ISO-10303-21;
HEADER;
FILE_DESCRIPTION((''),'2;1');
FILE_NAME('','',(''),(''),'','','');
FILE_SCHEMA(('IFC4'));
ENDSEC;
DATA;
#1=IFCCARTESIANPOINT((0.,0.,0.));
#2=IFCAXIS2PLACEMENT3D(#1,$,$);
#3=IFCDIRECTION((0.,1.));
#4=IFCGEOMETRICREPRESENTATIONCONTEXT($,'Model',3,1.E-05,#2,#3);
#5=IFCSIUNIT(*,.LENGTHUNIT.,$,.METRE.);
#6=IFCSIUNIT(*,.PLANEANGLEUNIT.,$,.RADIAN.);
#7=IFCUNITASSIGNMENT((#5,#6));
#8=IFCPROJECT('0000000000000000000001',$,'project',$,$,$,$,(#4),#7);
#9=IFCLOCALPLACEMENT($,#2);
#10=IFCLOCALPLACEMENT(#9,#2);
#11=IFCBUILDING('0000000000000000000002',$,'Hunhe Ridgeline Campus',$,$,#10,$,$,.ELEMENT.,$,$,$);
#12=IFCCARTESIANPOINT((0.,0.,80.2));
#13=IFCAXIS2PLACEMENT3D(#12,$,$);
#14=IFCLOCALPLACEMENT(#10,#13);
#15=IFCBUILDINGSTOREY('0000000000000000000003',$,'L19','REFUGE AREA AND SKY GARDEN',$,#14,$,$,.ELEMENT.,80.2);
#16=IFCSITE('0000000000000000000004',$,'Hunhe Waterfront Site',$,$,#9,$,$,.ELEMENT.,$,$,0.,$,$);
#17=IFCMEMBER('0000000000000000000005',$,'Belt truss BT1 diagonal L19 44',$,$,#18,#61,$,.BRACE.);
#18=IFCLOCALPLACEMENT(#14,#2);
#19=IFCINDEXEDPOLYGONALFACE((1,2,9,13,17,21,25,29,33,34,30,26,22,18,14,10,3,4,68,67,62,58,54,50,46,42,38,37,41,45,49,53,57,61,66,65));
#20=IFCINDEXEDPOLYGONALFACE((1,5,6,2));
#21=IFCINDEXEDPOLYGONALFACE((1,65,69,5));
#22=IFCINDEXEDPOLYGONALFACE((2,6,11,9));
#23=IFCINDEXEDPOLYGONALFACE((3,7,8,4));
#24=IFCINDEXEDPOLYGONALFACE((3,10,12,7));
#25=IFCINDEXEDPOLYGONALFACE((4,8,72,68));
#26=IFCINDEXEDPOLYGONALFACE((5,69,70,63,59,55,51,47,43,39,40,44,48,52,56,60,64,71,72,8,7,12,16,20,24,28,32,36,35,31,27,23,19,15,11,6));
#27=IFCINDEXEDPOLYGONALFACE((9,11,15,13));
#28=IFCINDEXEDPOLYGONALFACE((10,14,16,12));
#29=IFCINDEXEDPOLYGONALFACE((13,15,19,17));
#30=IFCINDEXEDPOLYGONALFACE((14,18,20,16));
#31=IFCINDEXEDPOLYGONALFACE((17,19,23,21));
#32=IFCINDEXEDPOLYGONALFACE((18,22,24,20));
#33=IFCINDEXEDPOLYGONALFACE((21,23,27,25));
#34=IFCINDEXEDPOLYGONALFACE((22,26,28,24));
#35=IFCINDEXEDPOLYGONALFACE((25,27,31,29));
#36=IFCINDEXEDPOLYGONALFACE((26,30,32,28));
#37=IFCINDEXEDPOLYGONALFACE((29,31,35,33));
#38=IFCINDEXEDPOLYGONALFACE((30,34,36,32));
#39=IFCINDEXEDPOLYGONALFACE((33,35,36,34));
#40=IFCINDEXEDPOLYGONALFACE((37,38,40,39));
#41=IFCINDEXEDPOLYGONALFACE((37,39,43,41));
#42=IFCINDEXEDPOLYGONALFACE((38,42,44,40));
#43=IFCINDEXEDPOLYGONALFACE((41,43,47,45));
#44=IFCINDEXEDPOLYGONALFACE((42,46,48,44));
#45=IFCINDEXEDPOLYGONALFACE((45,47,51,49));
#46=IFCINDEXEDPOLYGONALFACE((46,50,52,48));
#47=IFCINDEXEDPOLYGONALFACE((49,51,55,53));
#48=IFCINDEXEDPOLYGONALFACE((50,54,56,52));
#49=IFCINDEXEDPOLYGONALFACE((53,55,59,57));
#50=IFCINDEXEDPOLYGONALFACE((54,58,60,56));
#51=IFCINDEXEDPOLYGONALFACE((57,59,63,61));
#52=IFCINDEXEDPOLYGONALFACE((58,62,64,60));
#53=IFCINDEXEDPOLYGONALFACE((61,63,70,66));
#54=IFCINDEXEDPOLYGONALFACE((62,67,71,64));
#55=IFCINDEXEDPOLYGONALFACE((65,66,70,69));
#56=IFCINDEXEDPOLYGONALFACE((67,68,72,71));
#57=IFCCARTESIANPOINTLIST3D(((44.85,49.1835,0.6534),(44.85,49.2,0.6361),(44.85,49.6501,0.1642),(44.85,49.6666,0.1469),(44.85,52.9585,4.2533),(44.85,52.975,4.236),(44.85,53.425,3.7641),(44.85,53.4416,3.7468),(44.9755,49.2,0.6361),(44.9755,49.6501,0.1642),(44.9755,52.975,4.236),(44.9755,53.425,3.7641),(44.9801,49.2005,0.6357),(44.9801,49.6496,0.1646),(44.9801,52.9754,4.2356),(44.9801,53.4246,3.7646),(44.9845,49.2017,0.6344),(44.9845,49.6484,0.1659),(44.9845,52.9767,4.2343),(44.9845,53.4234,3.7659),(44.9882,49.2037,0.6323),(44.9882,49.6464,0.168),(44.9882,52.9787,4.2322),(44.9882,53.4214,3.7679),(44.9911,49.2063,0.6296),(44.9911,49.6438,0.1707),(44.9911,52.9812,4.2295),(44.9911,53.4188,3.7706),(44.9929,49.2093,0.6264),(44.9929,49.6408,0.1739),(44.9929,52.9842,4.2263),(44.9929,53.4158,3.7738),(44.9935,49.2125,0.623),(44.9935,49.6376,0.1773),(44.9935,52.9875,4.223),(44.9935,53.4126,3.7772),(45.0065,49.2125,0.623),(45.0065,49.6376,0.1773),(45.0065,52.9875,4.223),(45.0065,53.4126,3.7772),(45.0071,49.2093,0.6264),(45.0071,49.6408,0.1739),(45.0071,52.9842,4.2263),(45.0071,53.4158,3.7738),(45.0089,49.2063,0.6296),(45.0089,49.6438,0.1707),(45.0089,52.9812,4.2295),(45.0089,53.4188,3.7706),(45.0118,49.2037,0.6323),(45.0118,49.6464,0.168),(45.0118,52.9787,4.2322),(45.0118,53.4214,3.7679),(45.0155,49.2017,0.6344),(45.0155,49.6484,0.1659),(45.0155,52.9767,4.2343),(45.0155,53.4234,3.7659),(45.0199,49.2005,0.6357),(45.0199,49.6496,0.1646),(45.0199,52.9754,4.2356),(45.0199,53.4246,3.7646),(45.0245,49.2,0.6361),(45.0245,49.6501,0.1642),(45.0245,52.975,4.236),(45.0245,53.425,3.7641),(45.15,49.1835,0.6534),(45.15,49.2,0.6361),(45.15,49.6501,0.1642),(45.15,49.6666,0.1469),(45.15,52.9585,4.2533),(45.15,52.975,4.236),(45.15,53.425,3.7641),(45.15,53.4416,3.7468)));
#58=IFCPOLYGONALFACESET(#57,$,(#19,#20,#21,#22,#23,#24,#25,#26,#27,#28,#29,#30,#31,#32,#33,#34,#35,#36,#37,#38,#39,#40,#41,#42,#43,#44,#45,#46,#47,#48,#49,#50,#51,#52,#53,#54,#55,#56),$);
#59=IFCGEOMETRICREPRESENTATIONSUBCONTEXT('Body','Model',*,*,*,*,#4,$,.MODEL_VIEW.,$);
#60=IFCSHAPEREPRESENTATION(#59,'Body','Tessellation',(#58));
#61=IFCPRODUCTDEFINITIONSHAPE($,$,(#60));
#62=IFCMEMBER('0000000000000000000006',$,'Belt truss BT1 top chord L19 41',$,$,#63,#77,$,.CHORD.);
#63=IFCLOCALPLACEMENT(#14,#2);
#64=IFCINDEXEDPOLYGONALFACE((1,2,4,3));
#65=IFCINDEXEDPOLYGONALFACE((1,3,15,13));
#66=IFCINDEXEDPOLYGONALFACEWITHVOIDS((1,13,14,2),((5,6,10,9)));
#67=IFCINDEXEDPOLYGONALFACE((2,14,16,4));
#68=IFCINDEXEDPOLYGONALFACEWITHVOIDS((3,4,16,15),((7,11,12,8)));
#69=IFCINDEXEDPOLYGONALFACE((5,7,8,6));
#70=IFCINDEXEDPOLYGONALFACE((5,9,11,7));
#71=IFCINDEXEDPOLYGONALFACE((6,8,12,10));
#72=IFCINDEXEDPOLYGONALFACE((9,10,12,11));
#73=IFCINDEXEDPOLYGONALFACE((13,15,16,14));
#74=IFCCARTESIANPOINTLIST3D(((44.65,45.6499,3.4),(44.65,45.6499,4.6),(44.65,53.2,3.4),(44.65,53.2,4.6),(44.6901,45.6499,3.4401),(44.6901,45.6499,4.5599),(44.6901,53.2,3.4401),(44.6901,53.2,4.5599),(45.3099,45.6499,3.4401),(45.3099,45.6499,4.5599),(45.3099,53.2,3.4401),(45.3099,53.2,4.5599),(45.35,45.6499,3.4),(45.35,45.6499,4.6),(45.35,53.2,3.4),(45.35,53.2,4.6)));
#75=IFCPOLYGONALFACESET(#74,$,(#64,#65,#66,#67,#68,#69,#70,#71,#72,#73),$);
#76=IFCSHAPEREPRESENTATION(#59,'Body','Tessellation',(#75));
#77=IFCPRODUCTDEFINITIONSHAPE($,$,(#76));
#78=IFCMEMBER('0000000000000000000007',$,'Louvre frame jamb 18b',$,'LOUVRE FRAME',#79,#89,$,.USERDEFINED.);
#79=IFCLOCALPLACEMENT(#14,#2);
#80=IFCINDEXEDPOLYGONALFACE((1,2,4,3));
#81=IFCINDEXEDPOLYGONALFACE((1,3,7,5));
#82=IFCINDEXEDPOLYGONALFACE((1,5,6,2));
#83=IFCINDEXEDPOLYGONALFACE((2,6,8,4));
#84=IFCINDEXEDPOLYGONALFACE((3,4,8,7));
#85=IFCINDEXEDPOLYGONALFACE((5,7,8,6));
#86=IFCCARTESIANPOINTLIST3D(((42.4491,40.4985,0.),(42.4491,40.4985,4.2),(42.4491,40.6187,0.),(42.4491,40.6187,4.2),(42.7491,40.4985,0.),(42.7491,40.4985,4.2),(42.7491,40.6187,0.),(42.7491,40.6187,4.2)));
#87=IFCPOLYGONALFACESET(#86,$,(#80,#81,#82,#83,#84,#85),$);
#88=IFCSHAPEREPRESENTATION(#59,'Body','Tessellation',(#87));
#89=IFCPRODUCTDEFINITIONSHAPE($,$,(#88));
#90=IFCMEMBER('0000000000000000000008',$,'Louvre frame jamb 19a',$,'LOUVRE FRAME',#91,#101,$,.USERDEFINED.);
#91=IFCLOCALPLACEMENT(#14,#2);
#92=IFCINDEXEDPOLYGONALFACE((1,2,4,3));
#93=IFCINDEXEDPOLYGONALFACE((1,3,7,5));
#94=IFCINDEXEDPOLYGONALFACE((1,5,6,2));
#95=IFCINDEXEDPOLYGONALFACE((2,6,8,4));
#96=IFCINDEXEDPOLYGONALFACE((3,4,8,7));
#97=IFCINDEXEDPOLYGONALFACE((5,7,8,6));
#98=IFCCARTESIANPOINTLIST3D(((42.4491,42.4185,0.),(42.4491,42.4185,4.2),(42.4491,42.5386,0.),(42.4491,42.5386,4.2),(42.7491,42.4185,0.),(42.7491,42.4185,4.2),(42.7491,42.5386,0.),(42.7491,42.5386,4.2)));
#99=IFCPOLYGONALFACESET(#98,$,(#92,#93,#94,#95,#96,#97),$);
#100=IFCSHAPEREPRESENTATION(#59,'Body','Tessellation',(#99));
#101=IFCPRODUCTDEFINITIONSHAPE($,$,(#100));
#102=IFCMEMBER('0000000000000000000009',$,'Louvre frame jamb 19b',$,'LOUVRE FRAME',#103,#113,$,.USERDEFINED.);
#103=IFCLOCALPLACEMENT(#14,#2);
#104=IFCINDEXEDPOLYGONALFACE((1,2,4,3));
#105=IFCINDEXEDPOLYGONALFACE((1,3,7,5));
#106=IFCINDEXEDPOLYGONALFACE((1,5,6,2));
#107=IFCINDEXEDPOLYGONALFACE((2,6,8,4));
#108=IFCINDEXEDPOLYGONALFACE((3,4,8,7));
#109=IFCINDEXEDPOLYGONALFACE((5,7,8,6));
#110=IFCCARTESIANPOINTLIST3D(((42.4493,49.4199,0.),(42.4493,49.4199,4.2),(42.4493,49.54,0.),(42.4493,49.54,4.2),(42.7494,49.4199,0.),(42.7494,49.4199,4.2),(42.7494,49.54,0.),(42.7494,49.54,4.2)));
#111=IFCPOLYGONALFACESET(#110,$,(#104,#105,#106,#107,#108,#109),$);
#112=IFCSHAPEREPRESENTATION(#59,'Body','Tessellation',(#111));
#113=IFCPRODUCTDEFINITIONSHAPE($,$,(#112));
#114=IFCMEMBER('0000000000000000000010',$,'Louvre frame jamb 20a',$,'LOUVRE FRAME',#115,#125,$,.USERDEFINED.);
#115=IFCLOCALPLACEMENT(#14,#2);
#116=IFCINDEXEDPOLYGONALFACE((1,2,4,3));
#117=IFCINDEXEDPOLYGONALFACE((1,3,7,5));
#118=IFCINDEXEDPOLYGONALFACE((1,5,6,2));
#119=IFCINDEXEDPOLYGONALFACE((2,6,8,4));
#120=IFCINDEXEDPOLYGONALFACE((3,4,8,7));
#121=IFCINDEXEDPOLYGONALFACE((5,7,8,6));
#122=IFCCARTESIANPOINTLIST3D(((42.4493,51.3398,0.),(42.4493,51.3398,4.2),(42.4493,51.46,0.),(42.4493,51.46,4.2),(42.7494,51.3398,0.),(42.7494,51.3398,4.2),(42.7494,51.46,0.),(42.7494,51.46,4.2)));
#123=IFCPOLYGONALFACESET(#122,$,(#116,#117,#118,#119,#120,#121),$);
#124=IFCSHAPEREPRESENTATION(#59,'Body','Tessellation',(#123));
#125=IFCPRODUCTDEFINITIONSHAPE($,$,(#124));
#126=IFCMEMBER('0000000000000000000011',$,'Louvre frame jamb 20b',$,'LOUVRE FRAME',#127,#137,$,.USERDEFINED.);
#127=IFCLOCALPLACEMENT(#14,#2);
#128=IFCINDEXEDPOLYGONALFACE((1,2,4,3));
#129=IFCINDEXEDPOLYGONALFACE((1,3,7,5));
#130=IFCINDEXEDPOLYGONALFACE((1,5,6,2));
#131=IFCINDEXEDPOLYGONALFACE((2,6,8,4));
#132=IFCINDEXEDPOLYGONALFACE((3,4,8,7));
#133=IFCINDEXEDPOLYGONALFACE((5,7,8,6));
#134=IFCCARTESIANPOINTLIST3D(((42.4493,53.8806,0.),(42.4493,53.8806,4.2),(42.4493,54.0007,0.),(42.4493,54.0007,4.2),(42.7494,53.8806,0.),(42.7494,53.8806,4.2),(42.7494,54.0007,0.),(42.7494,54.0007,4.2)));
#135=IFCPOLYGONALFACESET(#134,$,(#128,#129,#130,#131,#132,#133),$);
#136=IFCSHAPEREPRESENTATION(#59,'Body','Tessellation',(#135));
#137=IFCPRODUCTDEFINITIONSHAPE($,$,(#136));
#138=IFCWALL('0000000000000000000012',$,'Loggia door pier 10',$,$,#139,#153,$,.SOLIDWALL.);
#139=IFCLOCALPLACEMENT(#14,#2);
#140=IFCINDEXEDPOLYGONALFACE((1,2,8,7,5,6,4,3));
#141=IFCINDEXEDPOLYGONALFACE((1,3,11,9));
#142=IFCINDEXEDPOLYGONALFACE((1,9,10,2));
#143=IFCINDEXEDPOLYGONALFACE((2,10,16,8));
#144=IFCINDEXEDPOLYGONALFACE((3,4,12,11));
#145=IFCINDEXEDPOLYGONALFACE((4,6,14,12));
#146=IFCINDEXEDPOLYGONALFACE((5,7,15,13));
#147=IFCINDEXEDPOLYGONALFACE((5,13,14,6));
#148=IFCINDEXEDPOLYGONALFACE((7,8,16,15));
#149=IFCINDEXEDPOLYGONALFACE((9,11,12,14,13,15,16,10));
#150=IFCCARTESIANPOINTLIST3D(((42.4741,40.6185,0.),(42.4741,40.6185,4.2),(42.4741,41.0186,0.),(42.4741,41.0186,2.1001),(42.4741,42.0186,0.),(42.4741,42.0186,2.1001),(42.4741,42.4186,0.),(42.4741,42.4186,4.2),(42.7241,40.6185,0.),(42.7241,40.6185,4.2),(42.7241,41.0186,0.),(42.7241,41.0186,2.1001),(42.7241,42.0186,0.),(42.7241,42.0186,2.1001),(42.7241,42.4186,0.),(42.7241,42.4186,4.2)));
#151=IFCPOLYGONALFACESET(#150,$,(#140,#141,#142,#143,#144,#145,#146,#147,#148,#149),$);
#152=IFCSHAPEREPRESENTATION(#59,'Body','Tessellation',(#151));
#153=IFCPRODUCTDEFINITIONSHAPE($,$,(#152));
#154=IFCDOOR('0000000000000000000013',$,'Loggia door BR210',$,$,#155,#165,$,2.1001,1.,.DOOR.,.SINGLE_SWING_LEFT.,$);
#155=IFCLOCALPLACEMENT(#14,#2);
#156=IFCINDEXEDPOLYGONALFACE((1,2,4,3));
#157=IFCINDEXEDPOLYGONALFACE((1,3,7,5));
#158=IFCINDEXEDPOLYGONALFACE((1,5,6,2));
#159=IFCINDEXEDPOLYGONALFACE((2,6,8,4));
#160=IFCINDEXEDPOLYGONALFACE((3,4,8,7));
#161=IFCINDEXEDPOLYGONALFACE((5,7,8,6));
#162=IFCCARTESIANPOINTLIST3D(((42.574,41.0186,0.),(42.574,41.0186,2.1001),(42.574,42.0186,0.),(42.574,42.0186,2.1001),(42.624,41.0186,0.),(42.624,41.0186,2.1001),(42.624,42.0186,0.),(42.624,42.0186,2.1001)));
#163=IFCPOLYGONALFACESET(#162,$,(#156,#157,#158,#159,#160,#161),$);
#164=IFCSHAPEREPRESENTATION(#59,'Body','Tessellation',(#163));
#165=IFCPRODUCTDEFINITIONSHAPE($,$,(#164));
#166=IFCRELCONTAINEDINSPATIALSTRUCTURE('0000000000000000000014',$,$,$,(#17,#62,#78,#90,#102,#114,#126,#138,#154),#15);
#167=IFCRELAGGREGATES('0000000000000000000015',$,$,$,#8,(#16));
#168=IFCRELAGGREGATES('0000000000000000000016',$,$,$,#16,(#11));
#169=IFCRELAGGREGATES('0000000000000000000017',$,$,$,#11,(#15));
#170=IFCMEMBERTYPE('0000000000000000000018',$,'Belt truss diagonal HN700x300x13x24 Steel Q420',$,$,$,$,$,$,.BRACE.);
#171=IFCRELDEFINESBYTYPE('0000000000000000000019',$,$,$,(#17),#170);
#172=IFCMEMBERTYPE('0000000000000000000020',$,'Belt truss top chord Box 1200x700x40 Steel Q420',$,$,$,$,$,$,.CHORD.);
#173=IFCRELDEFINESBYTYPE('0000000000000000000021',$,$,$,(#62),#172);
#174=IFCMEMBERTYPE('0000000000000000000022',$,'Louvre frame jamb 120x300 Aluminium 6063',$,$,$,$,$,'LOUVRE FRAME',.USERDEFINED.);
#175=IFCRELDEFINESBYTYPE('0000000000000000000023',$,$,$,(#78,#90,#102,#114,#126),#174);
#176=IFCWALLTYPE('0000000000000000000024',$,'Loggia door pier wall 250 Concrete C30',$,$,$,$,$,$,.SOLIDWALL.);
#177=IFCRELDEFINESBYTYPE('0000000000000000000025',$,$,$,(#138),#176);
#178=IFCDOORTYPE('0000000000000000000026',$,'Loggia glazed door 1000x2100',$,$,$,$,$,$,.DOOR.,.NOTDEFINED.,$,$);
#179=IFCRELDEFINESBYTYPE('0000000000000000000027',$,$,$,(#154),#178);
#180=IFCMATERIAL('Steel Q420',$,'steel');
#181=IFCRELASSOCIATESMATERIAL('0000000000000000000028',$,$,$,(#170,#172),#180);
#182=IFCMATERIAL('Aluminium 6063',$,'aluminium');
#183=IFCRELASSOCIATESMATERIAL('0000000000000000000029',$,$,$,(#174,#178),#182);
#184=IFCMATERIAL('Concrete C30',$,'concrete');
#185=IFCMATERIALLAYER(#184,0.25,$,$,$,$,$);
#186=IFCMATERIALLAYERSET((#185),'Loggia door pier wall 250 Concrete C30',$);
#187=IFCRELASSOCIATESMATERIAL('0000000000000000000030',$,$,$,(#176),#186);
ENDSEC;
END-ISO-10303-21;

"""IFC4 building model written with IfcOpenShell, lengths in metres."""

from ifc_helpers import new_model, si_unit, direction, frame, frame_2d, origin, origin_2d, place, context, subcontext, project, spatial, rectangle, hollow_rectangle, i_section, extrude, material, layer, layer_set, material_profile, profile_set, type_object, element, fill, save


model = new_model("IFC4")

# Units and contexts
model_context = context("Model", 3, precision=1e-05, world=origin(), true_north=direction((0.0, 1.0)))
body_context = subcontext(model_context, "Body", "Model", "MODEL_VIEW")
ifc_project = project(units=[si_unit("LENGTHUNIT", "METRE"), si_unit("PLANEANGLEUNIT", "RADIAN")], contexts=[model_context])

# Site, building, storey
site_placement = place(None, origin())
site = spatial("IfcSite", under=ifc_project, at=site_placement, Name="Hunhe Waterfront Site", CompositionType="ELEMENT", RefElevation=0.0)
building_placement = place(site_placement, origin())
building = spatial("IfcBuilding", under=site, at=building_placement, Name="Hunhe Ridgeline Campus", CompositionType="ELEMENT")
storey_placement = place(building_placement, frame((0.0, 0.0, 80.2)))
storey = spatial("IfcBuildingStorey", under=building, at=storey_placement, Name="L19", Description="REFUGE AREA AND SKY GARDEN", CompositionType="ELEMENT", Elevation=80.2)

# Members
ifc_material_1 = material(Name="Steel Q420", Category="steel")
ifc_material_profile_1 = material_profile(ifc_material_1, i_section(OverallWidth=0.3, OverallDepth=0.7, WebThickness=0.0129, FlangeThickness=0.0239, FilletRadius=0.0181, at=origin_2d()))
ifc_profile_set_1 = profile_set([ifc_material_profile_1], Name="Steel Q420")
member_type_1 = type_object("IfcMemberType", Name="Belt truss diagonal HN700x300x13x24 Steel Q420", PredefinedType="BRACE", material=ifc_profile_set_1)
for number, where, z_axis, x_axis, name in (
    (1, (45.0, 49.425, 0.4001), (0.0, 0.723687, 0.690128), (-1.0, 0.0, 0.0), "Belt truss BT1 diagonal L19 44"),
):
    element("IfcMember", number, at=place(storey_placement, frame(where, z_axis=z_axis, x_axis=x_axis)), inside=storey, type_object=member_type_1, Name=name, PredefinedType="BRACE", context=body_context, shape_type="SweptSolid", body=[
        extrude(i_section(OverallWidth=0.3, OverallDepth=0.7, WebThickness=0.0129, FlangeThickness=0.0239, FilletRadius=0.0181, at=origin_2d()), origin(), (0.0, 0.0, 1.0), 5.2163),
    ])
ifc_material_profile_2 = material_profile(ifc_material_1, hollow_rectangle(XDim=0.7, YDim=1.2, WallThickness=0.04, at=origin_2d()))
ifc_profile_set_2 = profile_set([ifc_material_profile_2], Name="Steel Q420")
member_type_2 = type_object("IfcMemberType", Name="Belt truss top chord Box 1200x700x40 Steel Q420", PredefinedType="CHORD", material=ifc_profile_set_2)
member_1_placement = place(storey_placement, frame((45.0, 45.6499, 4.0), z_axis=(0.0, 1.0, 0.0), x_axis=(-1.0, 0.0, 0.0)))
element("IfcMember", 2, at=member_1_placement, inside=storey, type_object=member_type_2, Name="Belt truss BT1 top chord L19 41", PredefinedType="CHORD", context=body_context, shape_type="SweptSolid", body=[
    extrude(hollow_rectangle(XDim=0.7, YDim=1.2, WallThickness=0.04, at=origin_2d()), origin(), (0.0, 0.0, 1.0), 7.55),
])
ifc_material_2 = material(Name="Aluminium 6063", Category="aluminium")
ifc_material_profile_3 = material_profile(ifc_material_2, rectangle(XDim=0.3, YDim=0.1201, at=origin_2d()))
ifc_profile_set_3 = profile_set([ifc_material_profile_3], Name="Aluminium 6063")
member_type_3 = type_object("IfcMemberType", Name="Louvre frame jamb 120x300 Aluminium 6063", ElementType="LOUVRE FRAME", PredefinedType="USERDEFINED", material=ifc_profile_set_3)
for number, where, z_axis, x_axis, name in (
    (3, (42.5991, 40.5586, 0.0), (0.0, 0.0, 1.0), (-1.0, 0.000011, 0.0), "Louvre frame jamb 18b"),
    (4, (42.5991, 42.4785, 0.0), (0.0, 0.0, 1.0), (-1.0, 0.000011, 0.0), "Louvre frame jamb 19a"),
    (5, (42.5994, 49.48, 0.0), (0.0, 0.0, 1.0), (-1.0, 0.000011, 0.0), "Louvre frame jamb 19b"),
    (6, (42.5994, 51.3999, 0.0), (0.0, 0.0, 1.0), (-1.0, 0.000011, 0.0), "Louvre frame jamb 20a"),
    (7, (42.5994, 53.9407, 0.0), (0.0, 0.0, 1.0), (-1.0, 0.000011, 0.0), "Louvre frame jamb 20b"),
):
    element("IfcMember", number, at=place(storey_placement, frame(where, z_axis=z_axis, x_axis=x_axis)), inside=storey, type_object=member_type_3, Name=name, ObjectType="LOUVRE FRAME", PredefinedType="USERDEFINED", context=body_context, shape_type="SweptSolid", body=[
        extrude(rectangle(XDim=0.3, YDim=0.1201, at=origin_2d()), origin(), (0.0, 0.0, 1.0), 4.2),
    ])

# Wall, opening, door
ifc_material_3 = material(Name="Concrete C30", Category="concrete")
ifc_layer_1 = layer(ifc_material_3, 0.25)
ifc_layer_set_1 = layer_set([ifc_layer_1], Name="Loggia door pier wall 250 Concrete C30")
wall_type = type_object("IfcWallType", Name="Loggia door pier wall 250 Concrete C30", PredefinedType="SOLIDWALL", material=ifc_layer_set_1)
wall_1_placement = place(storey_placement, frame((42.5991, 40.6187, 0.0), z_axis=(0.0, 0.0, 1.0), x_axis=(0.0, 1.0, 0.0)))
wall_1 = element("IfcWall", 8, at=wall_1_placement, inside=storey, type_object=wall_type, Name="Loggia door pier 10", PredefinedType="SOLIDWALL", context=body_context, shape_type="SweptSolid", body=[
    extrude(rectangle(XDim=1.8, YDim=0.25, at=frame_2d((0.8999, 0.0))), origin(), (0.0, 0.0, 1.0), 4.2),
])
opening_1_placement = place(wall_1_placement, frame((0.3999, 0.0, 0.0)))
opening_1 = element("IfcOpeningElement", 9, at=opening_1_placement, cuts=wall_1, PredefinedType="OPENING", context=body_context, shape_type="SweptSolid", body=[
    extrude(rectangle(XDim=1.0, YDim=2.1001, at=frame_2d((0.5, 1.05))), frame((0.0, 0.125, 0.0), z_axis=(0.0, -1.0, 0.0), x_axis=(1.0, 0.0, 0.0)), (0.0, 0.0, 1.0), 0.25),
])
door_type = type_object("IfcDoorType", Name="Loggia glazed door 1000x2100", OperationType="NOTDEFINED", PredefinedType="DOOR", material=ifc_material_2)
door_1_placement = place(opening_1_placement, frame((1.0, 0.0, 0.0), z_axis=(0.0, 0.0, 1.0), x_axis=(-1.0, 0.0, 0.0)))
door_1 = element("IfcDoor", 10, at=door_1_placement, inside=storey, type_object=door_type, Name="Loggia door BR210", OperationType="SINGLE_SWING_LEFT", OverallHeight=2.1001, OverallWidth=1.0, PredefinedType="DOOR", context=body_context, shape_type="SweptSolid", body=[
    extrude(rectangle(XDim=1.0, YDim=2.1001, at=frame_2d((0.5, 1.05))), frame((0.0, 0.0249, 0.0), z_axis=(0.0, -1.0, 0.0), x_axis=(1.0, 0.0, 0.0)), (0.0, 0.0, 1.0), 0.05),
])
fill(opening_1, door_1)

save(model, "model.ifc")
